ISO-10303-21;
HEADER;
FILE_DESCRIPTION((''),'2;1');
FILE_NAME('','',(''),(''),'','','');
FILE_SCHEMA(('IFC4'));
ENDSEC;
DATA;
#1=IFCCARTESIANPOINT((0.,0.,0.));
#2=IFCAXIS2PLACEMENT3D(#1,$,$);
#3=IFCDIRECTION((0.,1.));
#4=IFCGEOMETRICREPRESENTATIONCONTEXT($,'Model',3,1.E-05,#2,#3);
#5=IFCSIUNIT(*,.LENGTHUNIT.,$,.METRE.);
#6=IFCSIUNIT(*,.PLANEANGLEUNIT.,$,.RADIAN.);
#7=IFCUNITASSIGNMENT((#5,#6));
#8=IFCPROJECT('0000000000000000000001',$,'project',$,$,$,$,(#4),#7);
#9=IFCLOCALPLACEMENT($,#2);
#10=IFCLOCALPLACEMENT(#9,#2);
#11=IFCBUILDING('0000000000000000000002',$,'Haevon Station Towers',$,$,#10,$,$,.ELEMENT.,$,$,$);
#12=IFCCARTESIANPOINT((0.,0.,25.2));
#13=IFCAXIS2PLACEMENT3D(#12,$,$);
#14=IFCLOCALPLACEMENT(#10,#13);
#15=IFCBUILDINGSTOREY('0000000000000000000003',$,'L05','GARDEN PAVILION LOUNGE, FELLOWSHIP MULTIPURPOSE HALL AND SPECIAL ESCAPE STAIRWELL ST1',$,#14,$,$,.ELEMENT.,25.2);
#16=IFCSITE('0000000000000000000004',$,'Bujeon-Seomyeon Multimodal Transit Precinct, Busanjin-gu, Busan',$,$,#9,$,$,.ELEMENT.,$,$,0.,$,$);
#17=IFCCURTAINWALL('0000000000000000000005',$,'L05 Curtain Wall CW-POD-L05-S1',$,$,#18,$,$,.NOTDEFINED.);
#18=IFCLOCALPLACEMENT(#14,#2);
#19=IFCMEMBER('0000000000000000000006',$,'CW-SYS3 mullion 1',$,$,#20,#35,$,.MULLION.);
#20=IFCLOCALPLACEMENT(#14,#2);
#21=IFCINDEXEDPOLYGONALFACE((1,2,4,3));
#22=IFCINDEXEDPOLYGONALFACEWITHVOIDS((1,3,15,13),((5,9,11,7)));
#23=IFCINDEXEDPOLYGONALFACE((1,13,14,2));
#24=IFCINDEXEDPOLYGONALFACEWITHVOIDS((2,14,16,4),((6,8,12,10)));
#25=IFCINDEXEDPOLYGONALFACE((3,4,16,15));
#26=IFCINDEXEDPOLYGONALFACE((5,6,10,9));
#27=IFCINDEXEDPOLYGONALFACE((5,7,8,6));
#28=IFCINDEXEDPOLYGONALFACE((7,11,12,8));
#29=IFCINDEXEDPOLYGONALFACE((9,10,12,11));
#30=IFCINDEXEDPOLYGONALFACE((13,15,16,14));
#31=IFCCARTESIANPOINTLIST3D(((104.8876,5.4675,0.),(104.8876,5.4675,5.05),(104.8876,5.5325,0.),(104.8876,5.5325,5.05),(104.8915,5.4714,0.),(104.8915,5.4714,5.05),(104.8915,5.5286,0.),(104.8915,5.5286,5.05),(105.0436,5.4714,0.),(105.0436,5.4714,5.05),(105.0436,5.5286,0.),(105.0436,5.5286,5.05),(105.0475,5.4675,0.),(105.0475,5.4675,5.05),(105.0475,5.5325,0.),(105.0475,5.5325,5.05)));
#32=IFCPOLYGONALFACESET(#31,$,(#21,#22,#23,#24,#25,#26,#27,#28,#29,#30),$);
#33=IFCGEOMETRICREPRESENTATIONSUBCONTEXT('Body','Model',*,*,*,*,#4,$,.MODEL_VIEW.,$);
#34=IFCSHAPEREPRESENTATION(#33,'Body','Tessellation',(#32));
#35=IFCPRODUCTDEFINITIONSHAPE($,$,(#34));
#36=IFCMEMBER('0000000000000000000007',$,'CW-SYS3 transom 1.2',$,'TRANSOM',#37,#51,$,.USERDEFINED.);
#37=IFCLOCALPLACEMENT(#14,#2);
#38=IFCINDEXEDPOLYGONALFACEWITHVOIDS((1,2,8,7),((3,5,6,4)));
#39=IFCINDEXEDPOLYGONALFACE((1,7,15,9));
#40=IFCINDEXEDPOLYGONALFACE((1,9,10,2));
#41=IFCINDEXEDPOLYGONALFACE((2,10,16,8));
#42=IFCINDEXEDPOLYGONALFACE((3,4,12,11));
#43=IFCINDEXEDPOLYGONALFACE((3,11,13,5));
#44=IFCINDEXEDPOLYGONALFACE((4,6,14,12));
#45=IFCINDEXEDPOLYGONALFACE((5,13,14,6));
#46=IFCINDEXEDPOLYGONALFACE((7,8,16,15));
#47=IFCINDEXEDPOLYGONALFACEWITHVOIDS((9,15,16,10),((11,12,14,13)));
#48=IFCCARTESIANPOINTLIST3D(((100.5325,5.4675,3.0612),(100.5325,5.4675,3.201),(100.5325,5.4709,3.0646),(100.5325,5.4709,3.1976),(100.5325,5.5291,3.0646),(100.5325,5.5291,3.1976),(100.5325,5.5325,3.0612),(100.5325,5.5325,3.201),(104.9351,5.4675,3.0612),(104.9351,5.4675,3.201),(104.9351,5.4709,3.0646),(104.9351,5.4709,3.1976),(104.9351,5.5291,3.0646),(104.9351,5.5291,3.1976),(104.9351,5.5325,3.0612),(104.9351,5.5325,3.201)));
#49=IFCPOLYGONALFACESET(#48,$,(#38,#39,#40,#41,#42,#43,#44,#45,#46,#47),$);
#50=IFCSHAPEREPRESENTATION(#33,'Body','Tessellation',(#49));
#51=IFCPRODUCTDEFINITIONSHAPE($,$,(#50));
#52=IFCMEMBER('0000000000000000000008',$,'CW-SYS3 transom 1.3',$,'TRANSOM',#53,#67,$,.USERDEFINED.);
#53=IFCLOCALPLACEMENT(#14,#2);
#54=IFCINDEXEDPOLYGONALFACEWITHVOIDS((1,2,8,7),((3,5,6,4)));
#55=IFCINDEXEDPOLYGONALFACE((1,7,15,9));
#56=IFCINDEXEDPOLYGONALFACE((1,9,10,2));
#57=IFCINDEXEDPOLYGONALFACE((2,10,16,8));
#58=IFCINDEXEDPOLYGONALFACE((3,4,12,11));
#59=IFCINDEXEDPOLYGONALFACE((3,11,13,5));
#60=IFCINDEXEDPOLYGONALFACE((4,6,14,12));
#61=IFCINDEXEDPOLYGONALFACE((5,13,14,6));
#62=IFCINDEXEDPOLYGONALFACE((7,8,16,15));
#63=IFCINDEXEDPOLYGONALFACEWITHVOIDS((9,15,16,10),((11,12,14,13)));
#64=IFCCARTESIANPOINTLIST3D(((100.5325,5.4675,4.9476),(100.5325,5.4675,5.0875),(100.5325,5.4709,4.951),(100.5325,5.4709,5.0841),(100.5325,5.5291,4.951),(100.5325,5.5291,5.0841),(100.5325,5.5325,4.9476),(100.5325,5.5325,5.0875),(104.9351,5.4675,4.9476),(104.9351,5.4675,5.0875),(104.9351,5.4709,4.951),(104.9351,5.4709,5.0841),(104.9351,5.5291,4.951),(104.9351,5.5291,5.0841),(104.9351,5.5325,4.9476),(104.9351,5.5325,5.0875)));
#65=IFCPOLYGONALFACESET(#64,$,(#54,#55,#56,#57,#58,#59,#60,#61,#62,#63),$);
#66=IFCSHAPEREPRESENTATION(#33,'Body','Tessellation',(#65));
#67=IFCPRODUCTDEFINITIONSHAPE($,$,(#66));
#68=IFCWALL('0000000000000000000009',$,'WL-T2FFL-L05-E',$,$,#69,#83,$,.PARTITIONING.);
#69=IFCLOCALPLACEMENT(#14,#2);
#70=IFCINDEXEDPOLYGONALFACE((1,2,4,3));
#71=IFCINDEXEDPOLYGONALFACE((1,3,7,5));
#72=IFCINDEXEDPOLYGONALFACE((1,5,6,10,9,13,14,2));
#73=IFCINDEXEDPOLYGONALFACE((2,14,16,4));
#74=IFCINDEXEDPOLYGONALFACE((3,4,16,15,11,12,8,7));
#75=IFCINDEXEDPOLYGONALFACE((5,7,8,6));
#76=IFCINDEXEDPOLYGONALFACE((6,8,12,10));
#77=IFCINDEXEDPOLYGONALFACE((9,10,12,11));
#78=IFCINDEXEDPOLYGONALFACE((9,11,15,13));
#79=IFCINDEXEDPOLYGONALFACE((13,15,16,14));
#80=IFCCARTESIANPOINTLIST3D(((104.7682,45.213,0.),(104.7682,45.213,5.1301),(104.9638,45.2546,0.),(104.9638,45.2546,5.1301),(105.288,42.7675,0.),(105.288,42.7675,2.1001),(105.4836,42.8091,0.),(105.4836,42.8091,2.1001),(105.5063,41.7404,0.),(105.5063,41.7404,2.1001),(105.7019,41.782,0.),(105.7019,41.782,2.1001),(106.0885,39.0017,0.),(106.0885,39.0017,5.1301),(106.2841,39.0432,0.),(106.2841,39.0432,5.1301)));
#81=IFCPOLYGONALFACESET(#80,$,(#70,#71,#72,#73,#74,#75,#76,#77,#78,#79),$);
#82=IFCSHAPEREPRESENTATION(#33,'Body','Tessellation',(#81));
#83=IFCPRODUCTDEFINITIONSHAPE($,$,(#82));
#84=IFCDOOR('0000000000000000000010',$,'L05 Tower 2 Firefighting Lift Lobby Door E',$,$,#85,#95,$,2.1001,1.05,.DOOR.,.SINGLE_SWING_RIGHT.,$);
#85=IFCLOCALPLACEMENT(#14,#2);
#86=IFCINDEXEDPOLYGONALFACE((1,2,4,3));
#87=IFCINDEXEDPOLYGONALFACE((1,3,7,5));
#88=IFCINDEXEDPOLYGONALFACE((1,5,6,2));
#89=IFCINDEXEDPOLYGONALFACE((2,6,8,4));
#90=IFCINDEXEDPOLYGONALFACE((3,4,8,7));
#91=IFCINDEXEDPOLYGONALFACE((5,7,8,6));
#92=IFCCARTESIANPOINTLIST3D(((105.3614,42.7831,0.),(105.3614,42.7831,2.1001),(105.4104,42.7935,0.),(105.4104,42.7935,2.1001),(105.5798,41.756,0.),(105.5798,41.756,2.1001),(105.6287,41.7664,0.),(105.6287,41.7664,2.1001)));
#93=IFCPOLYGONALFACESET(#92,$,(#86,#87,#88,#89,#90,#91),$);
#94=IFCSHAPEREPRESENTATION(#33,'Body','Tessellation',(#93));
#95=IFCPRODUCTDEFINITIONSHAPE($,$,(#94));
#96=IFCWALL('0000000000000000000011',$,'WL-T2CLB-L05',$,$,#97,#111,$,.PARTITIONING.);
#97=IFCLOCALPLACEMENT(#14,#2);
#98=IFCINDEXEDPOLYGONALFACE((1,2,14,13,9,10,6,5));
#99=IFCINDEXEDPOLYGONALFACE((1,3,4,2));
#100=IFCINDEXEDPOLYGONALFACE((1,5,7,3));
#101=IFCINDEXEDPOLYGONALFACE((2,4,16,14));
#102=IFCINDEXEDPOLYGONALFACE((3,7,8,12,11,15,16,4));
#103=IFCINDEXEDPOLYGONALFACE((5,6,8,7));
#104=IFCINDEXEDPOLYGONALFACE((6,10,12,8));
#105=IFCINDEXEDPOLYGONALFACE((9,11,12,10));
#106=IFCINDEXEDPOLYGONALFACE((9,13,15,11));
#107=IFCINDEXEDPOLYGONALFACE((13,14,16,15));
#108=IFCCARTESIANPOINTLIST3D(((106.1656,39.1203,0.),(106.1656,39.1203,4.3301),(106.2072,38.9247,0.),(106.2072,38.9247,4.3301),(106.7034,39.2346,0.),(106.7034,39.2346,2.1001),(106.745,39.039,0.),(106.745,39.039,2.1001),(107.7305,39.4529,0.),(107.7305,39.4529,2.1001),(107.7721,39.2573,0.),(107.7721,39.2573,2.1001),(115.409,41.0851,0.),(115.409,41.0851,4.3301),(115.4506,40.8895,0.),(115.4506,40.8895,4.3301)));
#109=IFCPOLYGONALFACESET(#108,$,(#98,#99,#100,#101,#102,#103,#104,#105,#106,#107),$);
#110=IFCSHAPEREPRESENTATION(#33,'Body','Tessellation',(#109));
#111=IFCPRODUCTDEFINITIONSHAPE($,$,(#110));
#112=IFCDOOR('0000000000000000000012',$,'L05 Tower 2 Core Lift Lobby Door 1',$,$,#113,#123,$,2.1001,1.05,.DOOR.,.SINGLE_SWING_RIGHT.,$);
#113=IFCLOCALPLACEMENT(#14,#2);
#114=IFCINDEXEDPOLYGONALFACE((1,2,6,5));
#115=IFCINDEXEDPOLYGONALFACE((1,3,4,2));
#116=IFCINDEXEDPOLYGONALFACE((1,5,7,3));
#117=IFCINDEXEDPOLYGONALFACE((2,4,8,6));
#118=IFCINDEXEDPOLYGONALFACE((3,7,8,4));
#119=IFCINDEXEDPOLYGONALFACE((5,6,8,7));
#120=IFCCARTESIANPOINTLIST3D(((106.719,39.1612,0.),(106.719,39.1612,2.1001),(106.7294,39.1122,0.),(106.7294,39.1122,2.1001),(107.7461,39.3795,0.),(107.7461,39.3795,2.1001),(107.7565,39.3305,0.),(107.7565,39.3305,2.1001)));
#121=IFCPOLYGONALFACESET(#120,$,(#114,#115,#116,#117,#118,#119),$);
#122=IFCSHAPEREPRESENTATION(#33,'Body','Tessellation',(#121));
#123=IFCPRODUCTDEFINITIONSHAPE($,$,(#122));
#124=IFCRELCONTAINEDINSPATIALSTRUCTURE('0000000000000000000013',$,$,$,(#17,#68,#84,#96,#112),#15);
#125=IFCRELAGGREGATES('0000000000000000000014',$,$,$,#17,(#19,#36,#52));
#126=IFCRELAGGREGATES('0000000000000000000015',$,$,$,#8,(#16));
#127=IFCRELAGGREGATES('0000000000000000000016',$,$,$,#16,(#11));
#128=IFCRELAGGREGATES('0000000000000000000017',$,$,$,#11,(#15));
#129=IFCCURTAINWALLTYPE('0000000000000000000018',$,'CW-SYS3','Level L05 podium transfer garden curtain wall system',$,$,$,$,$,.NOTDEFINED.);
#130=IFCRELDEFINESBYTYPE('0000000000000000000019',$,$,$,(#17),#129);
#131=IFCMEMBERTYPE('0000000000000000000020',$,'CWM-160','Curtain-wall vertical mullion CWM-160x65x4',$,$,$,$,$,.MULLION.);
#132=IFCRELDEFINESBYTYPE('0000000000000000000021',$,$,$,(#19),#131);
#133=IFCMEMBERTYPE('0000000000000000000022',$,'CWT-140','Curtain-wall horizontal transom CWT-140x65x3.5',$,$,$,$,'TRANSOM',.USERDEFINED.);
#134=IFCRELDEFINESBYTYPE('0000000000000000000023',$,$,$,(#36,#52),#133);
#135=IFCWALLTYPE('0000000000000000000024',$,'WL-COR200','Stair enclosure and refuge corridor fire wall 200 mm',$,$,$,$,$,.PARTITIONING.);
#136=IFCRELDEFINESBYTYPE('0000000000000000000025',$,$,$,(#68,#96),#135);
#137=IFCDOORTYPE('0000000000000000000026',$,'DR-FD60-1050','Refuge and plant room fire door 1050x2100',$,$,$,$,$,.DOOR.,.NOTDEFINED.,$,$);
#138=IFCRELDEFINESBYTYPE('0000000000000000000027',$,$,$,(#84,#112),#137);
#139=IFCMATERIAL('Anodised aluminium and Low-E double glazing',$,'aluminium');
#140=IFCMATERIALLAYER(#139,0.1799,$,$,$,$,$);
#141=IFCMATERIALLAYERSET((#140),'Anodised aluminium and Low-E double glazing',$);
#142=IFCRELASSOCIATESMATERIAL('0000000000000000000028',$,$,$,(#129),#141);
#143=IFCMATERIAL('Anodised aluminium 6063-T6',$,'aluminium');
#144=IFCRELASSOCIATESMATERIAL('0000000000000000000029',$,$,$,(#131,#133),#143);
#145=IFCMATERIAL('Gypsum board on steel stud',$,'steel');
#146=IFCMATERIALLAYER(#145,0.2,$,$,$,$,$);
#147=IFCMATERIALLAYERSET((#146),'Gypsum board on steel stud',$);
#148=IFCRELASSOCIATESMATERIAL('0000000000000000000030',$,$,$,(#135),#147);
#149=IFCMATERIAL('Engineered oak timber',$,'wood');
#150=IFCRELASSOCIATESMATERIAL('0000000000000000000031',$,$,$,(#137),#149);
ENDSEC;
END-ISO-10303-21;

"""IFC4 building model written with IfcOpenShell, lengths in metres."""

from ifc_helpers import new_model, si_unit, direction, frame, frame_2d, origin, origin_2d, place, context, subcontext, project, spatial, rectangle, hollow_rectangle, extrude, material, layer, layer_set, material_profile, profile_set, type_object, element, fill, aggregate, save


model = new_model("IFC4")

# Units and contexts
model_context = context("Model", 3, precision=1e-05, world=origin(), true_north=direction((0.0, 1.0)))
body_context = subcontext(model_context, "Body", "Model", "MODEL_VIEW")
ifc_project = project(units=[si_unit("LENGTHUNIT", "METRE"), si_unit("PLANEANGLEUNIT", "RADIAN")], contexts=[model_context])

# Site, building, storey
site_placement = place(None, origin())
site = spatial("IfcSite", under=ifc_project, at=site_placement, Name="Bujeon-Seomyeon Multimodal Transit Precinct, Busanjin-gu, Busan", CompositionType="ELEMENT", RefElevation=0.0)
building_placement = place(site_placement, origin())
building = spatial("IfcBuilding", under=site, at=building_placement, Name="Haevon Station Towers", CompositionType="ELEMENT")
storey_placement = place(building_placement, frame((0.0, 0.0, 25.2)))
storey = spatial("IfcBuildingStorey", under=building, at=storey_placement, Name="L05", Description="GARDEN PAVILION LOUNGE, FELLOWSHIP MULTIPURPOSE HALL AND SPECIAL ESCAPE STAIRWELL ST1", CompositionType="ELEMENT", Elevation=25.2)

# Curtain wall, members
ifc_material_1 = material(Name="Anodised aluminium and Low-E double glazing", Category="aluminium")
ifc_layer_1 = layer(ifc_material_1, 0.1799)
ifc_layer_set_1 = layer_set([ifc_layer_1], Name="Anodised aluminium and Low-E double glazing")
curtain_wall_type = type_object("IfcCurtainWallType", Name="CW-SYS3", Description="Level L05 podium transfer garden curtain wall system", PredefinedType="NOTDEFINED", material=ifc_layer_set_1)
curtain_wall_placement = place(storey_placement, origin())
curtain_wall = element("IfcCurtainWall", 1, at=curtain_wall_placement, inside=storey, type_object=curtain_wall_type, Name="L05 Curtain Wall CW-POD-L05-S1", PredefinedType="NOTDEFINED")
ifc_material_2 = material(Name="Anodised aluminium 6063-T6", Category="aluminium")
ifc_material_profile_1 = material_profile(ifc_material_2, hollow_rectangle(XDim=0.0649, YDim=0.1599, WallThickness=0.0039, at=origin_2d()), Name="CWM-160x65x4")
ifc_profile_set_1 = profile_set([ifc_material_profile_1], Name="Anodised aluminium 6063-T6")
member_type_1 = type_object("IfcMemberType", Name="CWM-160", Description="Curtain-wall vertical mullion CWM-160x65x4", PredefinedType="MULLION", material=ifc_profile_set_1)
member_1_placement = place(storey_placement, frame((104.9675, 5.5, 0.0), z_axis=(0.0, 0.0, 1.0), x_axis=(0.0, -1.0, 0.0)))
member_1 = element("IfcMember", 2, at=member_1_placement, type_object=member_type_1, Name="CW-SYS3 mullion 1", PredefinedType="MULLION", context=body_context, shape_type="SweptSolid", body=[
    extrude(hollow_rectangle(XDim=0.0649, YDim=0.1599, WallThickness=0.0039, at=origin_2d()), origin(), (0.0, 0.0, 1.0), 5.05),
])
ifc_material_profile_2 = material_profile(ifc_material_2, hollow_rectangle(XDim=0.0649, YDim=0.1399, WallThickness=0.0034, at=origin_2d()), Name="CWT-140x65x3.5")
ifc_profile_set_2 = profile_set([ifc_material_profile_2], Name="Anodised aluminium 6063-T6")
member_type_2 = type_object("IfcMemberType", Name="CWT-140", Description="Curtain-wall horizontal transom CWT-140x65x3.5", ElementType="TRANSOM", PredefinedType="USERDEFINED", material=ifc_profile_set_2)
member_2_placement = place(storey_placement, frame((104.9351, 5.5, 3.1311), z_axis=(-1.0, 0.0, 0.0), x_axis=(0.0, -1.0, 0.0)))
member_2 = element("IfcMember", 3, at=member_2_placement, type_object=member_type_2, Name="CW-SYS3 transom 1.2", ObjectType="TRANSOM", PredefinedType="USERDEFINED", context=body_context, shape_type="SweptSolid", body=[
    extrude(hollow_rectangle(XDim=0.0649, YDim=0.1399, WallThickness=0.0034, at=origin_2d()), origin(), (0.0, 0.0, 1.0), 4.4026),
])
member_3_placement = place(storey_placement, frame((104.9351, 5.5, 5.0176), z_axis=(-1.0, 0.0, 0.0), x_axis=(0.0, -1.0, 0.0)))
member_3 = element("IfcMember", 4, at=member_3_placement, type_object=member_type_2, Name="CW-SYS3 transom 1.3", ObjectType="TRANSOM", PredefinedType="USERDEFINED", context=body_context, shape_type="SweptSolid", body=[
    extrude(hollow_rectangle(XDim=0.0649, YDim=0.1399, WallThickness=0.0034, at=origin_2d()), origin(), (0.0, 0.0, 1.0), 4.4026),
])
aggregate(curtain_wall, [member_1, member_2, member_3])

# Walls, openings, doors
ifc_material_3 = material(Name="Gypsum board on steel stud", Category="steel")
ifc_layer_2 = layer(ifc_material_3, 0.2)
ifc_layer_set_2 = layer_set([ifc_layer_2], Name="Gypsum board on steel stud")
wall_type = type_object("IfcWallType", Name="WL-COR200", Description="Stair enclosure and refuge corridor fire wall 200 mm", PredefinedType="PARTITIONING", material=ifc_layer_set_2)
wall_1_placement = place(storey_placement, frame((106.1863, 39.0225, 0.0), z_axis=(0.0, 0.0, 1.0), x_axis=(-0.207917, 0.978147, 0.0)))
wall_1 = element("IfcWall", 5, at=wall_1_placement, inside=storey, type_object=wall_type, Name="WL-T2FFL-L05-E", PredefinedType="PARTITIONING", context=body_context, shape_type="SweptSolid", body=[
    extrude(rectangle(XDim=6.3501, YDim=0.2, at=frame_2d((3.175, 0.0))), origin(), (0.0, 0.0, 1.0), 5.1301),
])
opening_1_placement = place(wall_1_placement, frame((2.8, 0.0, 0.0)))
opening_1 = element("IfcOpeningElement", 6, at=opening_1_placement, cuts=wall_1, PredefinedType="OPENING", context=body_context, shape_type="SweptSolid", body=[
    extrude(rectangle(XDim=1.05, YDim=2.1001, at=frame_2d((0.5249, 1.05))), frame((0.0, 0.1099, 0.0), z_axis=(0.0, -1.0, 0.0), x_axis=(1.0, 0.0, 0.0)), (0.0, 0.0, 1.0), 0.22),
])
ifc_material_4 = material(Name="Engineered oak timber", Category="wood")
door_type = type_object("IfcDoorType", Name="DR-FD60-1050", Description="Refuge and plant room fire door 1050x2100", OperationType="NOTDEFINED", PredefinedType="DOOR", material=ifc_material_4)
door_1_placement = place(opening_1_placement, origin())
door_1 = element("IfcDoor", 7, at=door_1_placement, inside=storey, type_object=door_type, Name="L05 Tower 2 Firefighting Lift Lobby Door E", OperationType="SINGLE_SWING_RIGHT", OverallHeight=2.1001, OverallWidth=1.05, PredefinedType="DOOR", context=body_context, shape_type="SweptSolid", body=[
    extrude(rectangle(XDim=1.05, YDim=2.1001, at=frame_2d((0.5249, 1.05))), frame((0.0, 0.0249, 0.0), z_axis=(0.0, -1.0, 0.0), x_axis=(1.0, 0.0, 0.0)), (0.0, 0.0, 1.0), 0.05),
])
fill(opening_1, door_1)
wall_2_placement = place(storey_placement, frame((106.1863, 39.0225, 0.0), z_axis=(0.0, 0.0, 1.0), x_axis=(0.978146, 0.207921, 0.0)))
wall_2 = element("IfcWall", 8, at=wall_2_placement, inside=storey, type_object=wall_type, Name="WL-T2CLB-L05", PredefinedType="PARTITIONING", context=body_context, shape_type="SweptSolid", body=[
    extrude(rectangle(XDim=9.45, YDim=0.2, at=frame_2d((4.7251, 0.0))), origin(), (0.0, 0.0, 1.0), 4.3301),
])
opening_2_placement = place(wall_2_placement, frame((0.55, 0.0, 0.0)))
opening_2 = element("IfcOpeningElement", 9, at=opening_2_placement, cuts=wall_2, PredefinedType="OPENING", context=body_context, shape_type="SweptSolid", body=[
    extrude(rectangle(XDim=1.05, YDim=2.1001, at=frame_2d((0.5249, 1.05))), frame((0.0, 0.1099, 0.0), z_axis=(0.0, -1.0, 0.0), x_axis=(1.0, 0.0, 0.0)), (0.0, 0.0, 1.0), 0.22),
])
door_2_placement = place(opening_2_placement, origin())
door_2 = element("IfcDoor", 10, at=door_2_placement, inside=storey, type_object=door_type, Name="L05 Tower 2 Core Lift Lobby Door 1", OperationType="SINGLE_SWING_RIGHT", OverallHeight=2.1001, OverallWidth=1.05, PredefinedType="DOOR", context=body_context, shape_type="SweptSolid", body=[
    extrude(rectangle(XDim=1.05, YDim=2.1001, at=frame_2d((0.5249, 1.05))), frame((0.0, 0.0249, 0.0), z_axis=(0.0, -1.0, 0.0), x_axis=(1.0, 0.0, 0.0)), (0.0, 0.0, 1.0), 0.05),
])
fill(opening_2, door_2)

save(model, "model.ifc")
